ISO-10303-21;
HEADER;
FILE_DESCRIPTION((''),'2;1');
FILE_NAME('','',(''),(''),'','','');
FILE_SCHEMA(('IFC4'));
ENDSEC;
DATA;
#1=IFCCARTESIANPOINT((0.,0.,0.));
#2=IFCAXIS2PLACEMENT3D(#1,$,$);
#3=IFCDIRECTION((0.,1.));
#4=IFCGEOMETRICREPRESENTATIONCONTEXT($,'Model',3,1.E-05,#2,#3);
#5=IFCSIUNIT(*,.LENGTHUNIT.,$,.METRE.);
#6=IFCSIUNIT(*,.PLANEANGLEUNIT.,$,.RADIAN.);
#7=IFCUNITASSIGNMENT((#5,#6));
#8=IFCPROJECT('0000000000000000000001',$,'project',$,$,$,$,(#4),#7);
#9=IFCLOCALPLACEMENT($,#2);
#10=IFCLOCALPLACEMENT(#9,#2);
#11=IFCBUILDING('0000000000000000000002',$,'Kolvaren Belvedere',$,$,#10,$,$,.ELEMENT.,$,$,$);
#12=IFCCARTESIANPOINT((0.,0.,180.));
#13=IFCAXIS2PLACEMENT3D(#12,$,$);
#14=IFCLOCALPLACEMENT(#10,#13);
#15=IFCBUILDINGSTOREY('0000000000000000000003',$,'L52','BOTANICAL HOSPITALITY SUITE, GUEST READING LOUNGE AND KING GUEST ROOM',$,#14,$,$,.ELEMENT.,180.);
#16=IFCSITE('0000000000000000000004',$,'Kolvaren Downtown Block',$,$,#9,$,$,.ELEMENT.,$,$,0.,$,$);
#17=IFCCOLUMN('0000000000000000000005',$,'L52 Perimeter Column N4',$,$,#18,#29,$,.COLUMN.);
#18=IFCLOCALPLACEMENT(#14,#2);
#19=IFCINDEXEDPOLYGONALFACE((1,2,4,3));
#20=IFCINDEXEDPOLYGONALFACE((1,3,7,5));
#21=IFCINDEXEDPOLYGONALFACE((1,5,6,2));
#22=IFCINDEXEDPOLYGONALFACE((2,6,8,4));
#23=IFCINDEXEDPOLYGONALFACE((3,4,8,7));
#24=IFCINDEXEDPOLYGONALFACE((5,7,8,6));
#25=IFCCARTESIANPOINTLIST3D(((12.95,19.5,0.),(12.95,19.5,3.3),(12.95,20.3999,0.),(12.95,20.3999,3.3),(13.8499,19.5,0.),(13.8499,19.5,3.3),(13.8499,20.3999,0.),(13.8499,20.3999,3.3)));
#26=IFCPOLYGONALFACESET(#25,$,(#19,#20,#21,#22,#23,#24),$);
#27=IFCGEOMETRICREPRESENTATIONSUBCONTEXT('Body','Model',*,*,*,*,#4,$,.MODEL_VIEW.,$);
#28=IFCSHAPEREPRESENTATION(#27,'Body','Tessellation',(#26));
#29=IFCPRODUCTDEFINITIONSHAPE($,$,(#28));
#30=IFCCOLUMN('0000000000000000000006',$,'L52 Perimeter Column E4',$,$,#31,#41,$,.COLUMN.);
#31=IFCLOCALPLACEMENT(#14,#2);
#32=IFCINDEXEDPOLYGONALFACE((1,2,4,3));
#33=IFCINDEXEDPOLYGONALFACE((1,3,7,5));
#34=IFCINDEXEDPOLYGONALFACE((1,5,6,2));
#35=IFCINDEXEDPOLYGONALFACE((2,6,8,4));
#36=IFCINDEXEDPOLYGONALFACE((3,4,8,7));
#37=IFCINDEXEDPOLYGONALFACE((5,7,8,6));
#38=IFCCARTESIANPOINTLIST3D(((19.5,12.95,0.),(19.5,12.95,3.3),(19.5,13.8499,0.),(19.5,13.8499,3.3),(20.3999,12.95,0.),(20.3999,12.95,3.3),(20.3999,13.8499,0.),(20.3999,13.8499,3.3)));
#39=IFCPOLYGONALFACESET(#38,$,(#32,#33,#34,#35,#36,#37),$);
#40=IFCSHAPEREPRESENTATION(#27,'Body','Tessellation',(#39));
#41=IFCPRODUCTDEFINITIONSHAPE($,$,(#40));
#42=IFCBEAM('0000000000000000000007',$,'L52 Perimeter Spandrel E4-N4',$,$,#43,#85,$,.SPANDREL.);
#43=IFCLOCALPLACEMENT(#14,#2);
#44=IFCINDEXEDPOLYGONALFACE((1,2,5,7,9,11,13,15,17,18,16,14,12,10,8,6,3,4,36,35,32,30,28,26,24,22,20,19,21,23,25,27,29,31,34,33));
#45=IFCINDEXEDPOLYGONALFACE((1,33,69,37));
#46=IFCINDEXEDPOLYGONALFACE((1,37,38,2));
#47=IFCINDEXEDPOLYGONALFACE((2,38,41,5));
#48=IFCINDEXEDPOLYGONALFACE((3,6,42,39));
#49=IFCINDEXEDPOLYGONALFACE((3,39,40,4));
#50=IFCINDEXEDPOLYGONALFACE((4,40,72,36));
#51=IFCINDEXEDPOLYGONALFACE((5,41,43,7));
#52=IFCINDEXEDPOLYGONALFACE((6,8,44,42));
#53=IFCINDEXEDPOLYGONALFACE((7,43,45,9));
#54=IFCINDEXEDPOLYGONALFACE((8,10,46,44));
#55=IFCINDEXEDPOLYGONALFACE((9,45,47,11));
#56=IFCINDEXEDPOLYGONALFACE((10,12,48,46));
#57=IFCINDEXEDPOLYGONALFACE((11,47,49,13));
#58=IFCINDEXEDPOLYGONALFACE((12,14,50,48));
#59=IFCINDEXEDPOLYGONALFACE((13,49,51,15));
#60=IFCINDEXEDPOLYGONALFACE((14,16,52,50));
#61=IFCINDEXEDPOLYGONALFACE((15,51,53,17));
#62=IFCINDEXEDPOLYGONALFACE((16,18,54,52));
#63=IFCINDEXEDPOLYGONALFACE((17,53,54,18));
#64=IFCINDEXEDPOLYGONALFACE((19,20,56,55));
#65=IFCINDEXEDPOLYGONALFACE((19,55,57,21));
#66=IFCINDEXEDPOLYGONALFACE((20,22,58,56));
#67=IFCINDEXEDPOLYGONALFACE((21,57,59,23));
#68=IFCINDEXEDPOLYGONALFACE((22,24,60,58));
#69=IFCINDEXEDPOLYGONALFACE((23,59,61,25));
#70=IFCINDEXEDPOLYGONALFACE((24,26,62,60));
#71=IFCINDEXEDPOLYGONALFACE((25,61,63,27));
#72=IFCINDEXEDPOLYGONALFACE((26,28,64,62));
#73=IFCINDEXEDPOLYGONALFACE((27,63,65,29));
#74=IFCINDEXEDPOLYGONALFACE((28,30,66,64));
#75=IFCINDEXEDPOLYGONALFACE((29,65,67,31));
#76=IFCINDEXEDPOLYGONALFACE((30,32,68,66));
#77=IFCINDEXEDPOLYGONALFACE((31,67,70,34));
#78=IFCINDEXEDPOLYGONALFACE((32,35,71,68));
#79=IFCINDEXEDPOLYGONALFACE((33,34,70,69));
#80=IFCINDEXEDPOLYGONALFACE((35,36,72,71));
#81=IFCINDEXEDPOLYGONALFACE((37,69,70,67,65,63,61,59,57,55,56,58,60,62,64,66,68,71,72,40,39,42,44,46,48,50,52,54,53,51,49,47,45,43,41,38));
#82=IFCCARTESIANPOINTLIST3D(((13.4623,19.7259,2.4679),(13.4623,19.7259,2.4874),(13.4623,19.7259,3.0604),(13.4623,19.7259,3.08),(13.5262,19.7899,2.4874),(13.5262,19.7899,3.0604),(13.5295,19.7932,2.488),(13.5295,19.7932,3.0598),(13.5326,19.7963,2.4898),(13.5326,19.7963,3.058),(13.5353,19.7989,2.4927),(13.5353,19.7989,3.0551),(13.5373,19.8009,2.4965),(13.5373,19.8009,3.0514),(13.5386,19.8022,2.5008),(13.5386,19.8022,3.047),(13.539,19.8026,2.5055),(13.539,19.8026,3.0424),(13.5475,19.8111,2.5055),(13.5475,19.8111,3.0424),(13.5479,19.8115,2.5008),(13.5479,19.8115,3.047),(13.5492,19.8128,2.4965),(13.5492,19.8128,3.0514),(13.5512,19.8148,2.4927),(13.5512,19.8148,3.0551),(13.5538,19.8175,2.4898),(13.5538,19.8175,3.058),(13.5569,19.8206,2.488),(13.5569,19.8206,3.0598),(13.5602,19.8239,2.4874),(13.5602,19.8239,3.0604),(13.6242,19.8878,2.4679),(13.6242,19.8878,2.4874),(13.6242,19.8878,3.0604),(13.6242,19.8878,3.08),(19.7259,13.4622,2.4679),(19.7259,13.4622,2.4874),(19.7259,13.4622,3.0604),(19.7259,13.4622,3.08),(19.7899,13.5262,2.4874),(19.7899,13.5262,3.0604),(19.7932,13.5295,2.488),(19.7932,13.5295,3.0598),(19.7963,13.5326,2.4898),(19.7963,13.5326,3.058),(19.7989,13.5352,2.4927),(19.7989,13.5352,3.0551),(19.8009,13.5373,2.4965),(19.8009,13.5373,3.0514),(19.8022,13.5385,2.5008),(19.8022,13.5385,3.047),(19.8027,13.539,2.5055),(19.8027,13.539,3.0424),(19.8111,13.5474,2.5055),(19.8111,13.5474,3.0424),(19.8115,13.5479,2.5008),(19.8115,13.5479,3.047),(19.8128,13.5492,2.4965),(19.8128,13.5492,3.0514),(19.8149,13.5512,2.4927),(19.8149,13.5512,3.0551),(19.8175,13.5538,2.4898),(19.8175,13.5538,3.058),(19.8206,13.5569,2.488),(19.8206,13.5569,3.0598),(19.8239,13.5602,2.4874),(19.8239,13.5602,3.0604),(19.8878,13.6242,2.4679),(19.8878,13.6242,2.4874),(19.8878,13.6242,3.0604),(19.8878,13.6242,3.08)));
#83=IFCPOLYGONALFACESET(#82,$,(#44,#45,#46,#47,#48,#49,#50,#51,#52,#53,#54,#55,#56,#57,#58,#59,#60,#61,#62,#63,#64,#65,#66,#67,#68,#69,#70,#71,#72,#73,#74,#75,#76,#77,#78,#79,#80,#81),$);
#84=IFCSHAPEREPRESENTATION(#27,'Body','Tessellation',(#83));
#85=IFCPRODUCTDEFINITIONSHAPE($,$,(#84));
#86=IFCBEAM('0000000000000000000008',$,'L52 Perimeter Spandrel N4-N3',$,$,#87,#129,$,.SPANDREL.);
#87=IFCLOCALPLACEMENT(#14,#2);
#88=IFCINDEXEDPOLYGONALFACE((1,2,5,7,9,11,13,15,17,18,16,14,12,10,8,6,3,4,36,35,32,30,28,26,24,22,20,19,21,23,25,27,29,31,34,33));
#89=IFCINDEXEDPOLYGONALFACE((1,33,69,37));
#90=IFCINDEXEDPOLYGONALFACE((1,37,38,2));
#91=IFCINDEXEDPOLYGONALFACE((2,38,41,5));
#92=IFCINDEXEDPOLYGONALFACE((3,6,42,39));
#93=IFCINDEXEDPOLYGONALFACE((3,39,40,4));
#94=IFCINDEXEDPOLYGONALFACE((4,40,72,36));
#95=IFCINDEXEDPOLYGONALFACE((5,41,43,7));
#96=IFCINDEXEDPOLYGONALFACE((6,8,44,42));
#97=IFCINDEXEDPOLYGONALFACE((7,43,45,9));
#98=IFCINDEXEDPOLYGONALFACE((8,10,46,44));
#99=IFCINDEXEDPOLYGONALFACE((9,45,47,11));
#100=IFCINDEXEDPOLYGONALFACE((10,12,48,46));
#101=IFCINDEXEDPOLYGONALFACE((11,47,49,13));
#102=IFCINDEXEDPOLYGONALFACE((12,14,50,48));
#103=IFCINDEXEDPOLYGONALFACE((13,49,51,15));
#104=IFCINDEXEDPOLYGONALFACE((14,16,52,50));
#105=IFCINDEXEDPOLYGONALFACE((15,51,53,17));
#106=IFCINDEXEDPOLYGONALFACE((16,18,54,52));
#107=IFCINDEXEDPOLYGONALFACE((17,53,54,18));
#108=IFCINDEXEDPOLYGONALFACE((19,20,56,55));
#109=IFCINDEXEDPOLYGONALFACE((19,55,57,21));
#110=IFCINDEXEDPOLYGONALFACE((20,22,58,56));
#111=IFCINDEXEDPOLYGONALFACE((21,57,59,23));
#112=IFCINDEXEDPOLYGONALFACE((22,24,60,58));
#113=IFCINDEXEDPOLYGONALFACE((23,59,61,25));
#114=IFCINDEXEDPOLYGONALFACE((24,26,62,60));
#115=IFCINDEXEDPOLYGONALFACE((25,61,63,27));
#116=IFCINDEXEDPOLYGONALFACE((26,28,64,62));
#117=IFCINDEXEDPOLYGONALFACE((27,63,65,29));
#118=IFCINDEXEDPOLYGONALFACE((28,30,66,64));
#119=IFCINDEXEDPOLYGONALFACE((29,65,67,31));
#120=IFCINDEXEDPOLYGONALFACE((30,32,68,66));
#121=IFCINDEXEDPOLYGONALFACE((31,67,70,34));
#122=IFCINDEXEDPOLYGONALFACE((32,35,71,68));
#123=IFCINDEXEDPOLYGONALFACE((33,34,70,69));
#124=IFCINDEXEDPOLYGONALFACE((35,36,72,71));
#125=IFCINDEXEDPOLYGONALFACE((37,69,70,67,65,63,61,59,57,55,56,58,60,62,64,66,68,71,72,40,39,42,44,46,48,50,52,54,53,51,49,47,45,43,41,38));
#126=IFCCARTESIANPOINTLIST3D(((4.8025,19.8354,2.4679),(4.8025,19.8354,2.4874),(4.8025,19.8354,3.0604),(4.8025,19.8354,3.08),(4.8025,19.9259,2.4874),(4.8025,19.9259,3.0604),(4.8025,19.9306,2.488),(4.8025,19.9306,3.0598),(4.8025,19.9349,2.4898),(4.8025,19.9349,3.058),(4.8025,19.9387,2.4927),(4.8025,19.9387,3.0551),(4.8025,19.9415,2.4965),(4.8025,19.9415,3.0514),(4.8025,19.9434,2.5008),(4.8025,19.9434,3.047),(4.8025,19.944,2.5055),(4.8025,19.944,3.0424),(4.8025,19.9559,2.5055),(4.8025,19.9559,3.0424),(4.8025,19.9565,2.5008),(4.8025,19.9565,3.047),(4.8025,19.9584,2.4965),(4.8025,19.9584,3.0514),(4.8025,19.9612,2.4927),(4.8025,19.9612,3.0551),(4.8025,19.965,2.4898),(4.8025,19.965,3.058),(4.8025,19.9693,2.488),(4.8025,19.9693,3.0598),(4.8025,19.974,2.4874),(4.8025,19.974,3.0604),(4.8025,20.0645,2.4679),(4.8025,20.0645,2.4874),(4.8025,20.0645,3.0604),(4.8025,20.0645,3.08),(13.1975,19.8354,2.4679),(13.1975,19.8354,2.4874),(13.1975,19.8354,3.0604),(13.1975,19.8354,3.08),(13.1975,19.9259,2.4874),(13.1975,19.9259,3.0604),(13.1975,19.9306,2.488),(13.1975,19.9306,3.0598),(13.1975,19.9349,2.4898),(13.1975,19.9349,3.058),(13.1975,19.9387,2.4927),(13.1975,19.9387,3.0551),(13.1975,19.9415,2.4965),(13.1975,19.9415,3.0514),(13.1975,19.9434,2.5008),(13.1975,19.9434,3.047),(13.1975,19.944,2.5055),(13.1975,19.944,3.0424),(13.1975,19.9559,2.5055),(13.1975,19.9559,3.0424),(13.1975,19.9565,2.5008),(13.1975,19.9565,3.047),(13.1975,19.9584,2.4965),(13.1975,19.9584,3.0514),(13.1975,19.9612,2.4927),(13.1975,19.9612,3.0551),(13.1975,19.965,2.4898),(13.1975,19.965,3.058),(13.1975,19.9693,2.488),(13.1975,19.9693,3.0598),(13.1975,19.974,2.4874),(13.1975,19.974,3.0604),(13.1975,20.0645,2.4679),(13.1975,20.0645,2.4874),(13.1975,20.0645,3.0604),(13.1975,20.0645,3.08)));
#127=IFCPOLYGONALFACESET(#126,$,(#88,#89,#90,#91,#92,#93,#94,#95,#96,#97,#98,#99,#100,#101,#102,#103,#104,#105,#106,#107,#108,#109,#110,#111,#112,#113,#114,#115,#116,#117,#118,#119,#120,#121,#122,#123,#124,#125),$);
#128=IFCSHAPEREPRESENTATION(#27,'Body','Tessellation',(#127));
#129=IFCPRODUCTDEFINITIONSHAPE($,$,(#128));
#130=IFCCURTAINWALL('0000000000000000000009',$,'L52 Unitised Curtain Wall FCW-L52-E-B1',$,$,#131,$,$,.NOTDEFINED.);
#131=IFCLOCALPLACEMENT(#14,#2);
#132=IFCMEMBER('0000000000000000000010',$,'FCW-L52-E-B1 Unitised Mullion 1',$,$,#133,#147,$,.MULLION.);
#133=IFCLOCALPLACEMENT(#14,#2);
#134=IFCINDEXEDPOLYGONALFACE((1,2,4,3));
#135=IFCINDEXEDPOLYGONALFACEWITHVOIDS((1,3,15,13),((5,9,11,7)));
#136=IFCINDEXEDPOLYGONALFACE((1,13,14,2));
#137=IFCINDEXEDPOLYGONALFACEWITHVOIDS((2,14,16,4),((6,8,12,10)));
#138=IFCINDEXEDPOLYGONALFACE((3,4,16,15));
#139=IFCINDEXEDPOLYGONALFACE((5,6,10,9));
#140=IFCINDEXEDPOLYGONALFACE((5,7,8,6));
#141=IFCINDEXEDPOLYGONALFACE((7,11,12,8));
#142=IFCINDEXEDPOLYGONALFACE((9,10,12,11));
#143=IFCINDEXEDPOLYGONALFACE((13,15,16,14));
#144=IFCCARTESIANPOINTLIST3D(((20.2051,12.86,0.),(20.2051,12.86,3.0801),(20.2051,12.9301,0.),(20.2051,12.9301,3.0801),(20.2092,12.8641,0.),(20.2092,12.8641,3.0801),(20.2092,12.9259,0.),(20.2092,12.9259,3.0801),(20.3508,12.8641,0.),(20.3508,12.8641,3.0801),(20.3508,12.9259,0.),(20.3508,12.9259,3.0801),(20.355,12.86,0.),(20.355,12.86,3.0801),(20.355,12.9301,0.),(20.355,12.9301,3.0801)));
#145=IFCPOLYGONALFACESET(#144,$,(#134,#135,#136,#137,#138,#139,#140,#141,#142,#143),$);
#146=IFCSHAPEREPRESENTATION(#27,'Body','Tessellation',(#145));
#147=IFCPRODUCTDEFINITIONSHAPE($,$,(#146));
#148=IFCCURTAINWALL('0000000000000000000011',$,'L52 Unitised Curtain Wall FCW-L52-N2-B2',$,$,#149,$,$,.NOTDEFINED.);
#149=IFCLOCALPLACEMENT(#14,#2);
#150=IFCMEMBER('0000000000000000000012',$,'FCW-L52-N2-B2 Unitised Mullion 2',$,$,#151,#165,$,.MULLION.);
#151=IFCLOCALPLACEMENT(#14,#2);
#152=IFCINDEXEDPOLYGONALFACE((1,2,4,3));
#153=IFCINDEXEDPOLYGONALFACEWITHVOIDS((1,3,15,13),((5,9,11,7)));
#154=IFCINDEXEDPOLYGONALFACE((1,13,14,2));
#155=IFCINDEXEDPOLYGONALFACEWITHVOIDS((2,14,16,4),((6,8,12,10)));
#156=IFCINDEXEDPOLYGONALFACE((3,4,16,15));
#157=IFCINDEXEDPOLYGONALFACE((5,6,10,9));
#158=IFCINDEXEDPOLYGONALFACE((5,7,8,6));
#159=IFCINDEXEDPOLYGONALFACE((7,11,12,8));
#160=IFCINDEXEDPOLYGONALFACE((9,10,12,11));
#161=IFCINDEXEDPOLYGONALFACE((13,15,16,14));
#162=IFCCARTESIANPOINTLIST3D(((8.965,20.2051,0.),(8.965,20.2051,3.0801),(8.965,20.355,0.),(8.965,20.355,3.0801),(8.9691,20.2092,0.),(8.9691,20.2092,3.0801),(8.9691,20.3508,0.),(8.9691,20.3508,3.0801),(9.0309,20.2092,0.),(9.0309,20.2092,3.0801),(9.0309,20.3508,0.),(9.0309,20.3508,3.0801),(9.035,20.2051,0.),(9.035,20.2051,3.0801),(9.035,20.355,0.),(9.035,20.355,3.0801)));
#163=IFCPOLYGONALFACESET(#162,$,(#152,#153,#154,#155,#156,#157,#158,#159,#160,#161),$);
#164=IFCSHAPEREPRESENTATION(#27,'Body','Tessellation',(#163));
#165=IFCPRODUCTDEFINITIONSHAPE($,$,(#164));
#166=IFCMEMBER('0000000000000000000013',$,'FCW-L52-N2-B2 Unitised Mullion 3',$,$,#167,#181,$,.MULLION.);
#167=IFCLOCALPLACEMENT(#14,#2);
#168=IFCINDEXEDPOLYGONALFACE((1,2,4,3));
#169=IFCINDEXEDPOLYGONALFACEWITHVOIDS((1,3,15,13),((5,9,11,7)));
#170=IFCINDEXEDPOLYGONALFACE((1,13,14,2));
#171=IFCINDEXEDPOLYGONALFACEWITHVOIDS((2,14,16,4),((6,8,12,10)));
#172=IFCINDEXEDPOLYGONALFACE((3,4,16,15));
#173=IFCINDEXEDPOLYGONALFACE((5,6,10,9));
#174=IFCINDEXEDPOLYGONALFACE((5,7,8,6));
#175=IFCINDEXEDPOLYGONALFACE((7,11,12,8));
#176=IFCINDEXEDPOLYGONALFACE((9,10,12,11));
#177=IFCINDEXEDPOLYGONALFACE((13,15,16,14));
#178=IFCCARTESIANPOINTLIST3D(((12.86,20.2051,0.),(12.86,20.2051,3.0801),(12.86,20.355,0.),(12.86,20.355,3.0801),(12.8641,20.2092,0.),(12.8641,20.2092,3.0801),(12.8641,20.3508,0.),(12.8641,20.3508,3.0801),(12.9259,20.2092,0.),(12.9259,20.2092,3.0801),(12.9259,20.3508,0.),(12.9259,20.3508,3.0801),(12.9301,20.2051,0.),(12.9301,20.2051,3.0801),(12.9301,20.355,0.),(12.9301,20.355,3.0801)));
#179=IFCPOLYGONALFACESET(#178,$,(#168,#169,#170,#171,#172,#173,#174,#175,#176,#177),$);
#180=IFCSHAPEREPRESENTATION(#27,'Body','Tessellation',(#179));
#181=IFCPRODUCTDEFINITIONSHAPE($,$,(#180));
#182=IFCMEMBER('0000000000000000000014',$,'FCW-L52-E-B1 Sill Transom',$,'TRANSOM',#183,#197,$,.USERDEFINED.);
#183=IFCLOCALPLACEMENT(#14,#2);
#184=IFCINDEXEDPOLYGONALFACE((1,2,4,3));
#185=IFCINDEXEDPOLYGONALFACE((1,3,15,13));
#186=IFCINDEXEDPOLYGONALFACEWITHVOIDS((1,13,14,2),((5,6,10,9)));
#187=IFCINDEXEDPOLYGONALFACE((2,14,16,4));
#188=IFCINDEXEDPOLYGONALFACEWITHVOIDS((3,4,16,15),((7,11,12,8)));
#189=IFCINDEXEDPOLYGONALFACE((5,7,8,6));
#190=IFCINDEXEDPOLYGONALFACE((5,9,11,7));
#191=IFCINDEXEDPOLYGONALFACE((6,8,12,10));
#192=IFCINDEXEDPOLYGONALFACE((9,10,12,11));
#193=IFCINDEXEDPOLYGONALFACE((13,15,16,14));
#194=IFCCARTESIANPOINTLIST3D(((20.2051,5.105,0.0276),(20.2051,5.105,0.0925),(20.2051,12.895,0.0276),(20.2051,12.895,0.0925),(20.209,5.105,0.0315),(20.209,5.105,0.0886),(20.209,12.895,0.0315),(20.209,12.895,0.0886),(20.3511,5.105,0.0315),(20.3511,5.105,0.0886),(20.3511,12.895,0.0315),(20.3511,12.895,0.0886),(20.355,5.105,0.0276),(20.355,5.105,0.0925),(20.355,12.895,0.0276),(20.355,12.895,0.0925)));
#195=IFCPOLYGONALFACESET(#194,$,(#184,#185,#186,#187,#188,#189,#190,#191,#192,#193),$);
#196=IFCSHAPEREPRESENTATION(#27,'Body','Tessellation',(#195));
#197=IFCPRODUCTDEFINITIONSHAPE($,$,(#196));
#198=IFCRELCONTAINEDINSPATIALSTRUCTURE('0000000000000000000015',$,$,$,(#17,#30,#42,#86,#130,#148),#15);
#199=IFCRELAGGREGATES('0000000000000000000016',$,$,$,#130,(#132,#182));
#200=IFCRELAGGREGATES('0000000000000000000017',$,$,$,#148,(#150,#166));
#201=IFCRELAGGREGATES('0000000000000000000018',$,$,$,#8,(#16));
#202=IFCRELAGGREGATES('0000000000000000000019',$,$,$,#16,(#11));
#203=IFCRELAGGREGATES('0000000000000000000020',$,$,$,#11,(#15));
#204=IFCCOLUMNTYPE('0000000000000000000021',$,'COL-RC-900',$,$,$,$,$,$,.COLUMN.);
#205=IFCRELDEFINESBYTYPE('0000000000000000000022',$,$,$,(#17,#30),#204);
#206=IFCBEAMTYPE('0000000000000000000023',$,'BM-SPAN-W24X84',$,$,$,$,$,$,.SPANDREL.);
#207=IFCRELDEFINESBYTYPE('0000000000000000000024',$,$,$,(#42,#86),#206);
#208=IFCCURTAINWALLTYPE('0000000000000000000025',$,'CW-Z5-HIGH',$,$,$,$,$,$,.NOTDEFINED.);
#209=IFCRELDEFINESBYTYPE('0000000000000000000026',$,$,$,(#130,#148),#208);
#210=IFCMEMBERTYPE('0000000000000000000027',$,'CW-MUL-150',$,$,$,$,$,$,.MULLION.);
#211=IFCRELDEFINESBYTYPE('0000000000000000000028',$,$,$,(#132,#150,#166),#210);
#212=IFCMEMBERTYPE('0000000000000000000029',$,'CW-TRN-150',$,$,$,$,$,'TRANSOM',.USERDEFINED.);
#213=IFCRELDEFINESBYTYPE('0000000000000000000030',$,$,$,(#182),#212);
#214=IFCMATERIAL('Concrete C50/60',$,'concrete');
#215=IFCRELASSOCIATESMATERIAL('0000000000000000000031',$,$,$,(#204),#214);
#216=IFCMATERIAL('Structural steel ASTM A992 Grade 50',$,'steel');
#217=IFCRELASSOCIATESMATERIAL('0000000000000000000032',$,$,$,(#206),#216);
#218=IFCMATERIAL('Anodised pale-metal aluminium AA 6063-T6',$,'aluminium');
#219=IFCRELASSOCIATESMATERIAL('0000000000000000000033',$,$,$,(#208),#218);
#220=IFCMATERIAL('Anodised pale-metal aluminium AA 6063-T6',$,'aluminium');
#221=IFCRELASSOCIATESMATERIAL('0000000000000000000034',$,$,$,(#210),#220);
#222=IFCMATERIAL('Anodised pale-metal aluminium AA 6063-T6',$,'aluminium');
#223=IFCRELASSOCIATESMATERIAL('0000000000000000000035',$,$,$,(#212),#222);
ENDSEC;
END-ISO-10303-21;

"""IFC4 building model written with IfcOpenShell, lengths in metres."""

from ifc_helpers import new_model, si_unit, direction, frame, origin, origin_2d, place, context, subcontext, project, spatial, rectangle, hollow_rectangle, i_section, extrude, material, material_profile, profile_set, type_object, element, aggregate, save


model = new_model("IFC4")

# Units and contexts
model_context = context("Model", 3, precision=1e-05, world=origin(), true_north=direction((0.0, 1.0)))
body_context = subcontext(model_context, "Body", "Model", "MODEL_VIEW")
ifc_project = project(units=[si_unit("LENGTHUNIT", "METRE"), si_unit("PLANEANGLEUNIT", "RADIAN")], contexts=[model_context])

# Site, building, storey
site_placement = place(None, origin())
site = spatial("IfcSite", under=ifc_project, at=site_placement, Name="Kolvaren Downtown Block", CompositionType="ELEMENT", RefElevation=0.0)
building_placement = place(site_placement, origin())
building = spatial("IfcBuilding", under=site, at=building_placement, Name="Kolvaren Belvedere", CompositionType="ELEMENT")
storey_placement = place(building_placement, frame((0.0, 0.0, 180.0)))
storey = spatial("IfcBuildingStorey", under=building, at=storey_placement, Name="L52", Description="BOTANICAL HOSPITALITY SUITE, GUEST READING LOUNGE AND KING GUEST ROOM", CompositionType="ELEMENT", Elevation=180.0)

# Columns
ifc_material_1 = material(Name="Concrete C50/60", Category="concrete")
ifc_material_profile_1 = material_profile(ifc_material_1, rectangle(XDim=0.8999, YDim=0.8999, at=origin_2d()), Name="RC 900X900")
ifc_profile_set_1 = profile_set([ifc_material_profile_1], Name="Concrete C50/60")
column_type = type_object("IfcColumnType", Name="COL-RC-900", PredefinedType="COLUMN", material=ifc_profile_set_1)
for number, where, z_axis, x_axis, name in (
    (1, (13.3999, 19.95, 0.0), (0.0, 0.0, 1.0), (1.0, 0.0, 0.0), "L52 Perimeter Column N4"),
    (2, (19.95, 13.3999, 0.0), (0.0, 0.0, 1.0), (1.0, 0.0, 0.0), "L52 Perimeter Column E4"),
):
    element("IfcColumn", number, at=place(storey_placement, frame(where, z_axis=z_axis, x_axis=x_axis)), inside=storey, type_object=column_type, Name=name, PredefinedType="COLUMN", context=body_context, shape_type="SweptSolid", body=[
        extrude(rectangle(XDim=0.8999, YDim=0.8999, at=origin_2d()), origin(), (0.0, 0.0, 1.0), 3.3),
    ])

# Beams
ifc_material_2 = material(Name="Structural steel ASTM A992 Grade 50", Category="steel")
ifc_material_profile_2 = material_profile(ifc_material_2, i_section(OverallWidth=0.229, OverallDepth=0.6121, WebThickness=0.012, FlangeThickness=0.0195, FilletRadius=0.0181, at=origin_2d()), Name="W24X84")
ifc_profile_set_2 = profile_set([ifc_material_profile_2], Name="Structural steel ASTM A992 Grade 50")
beam_type = type_object("IfcBeamType", Name="BM-SPAN-W24X84", PredefinedType="SPANDREL", material=ifc_profile_set_2)
beam_1_placement = place(storey_placement, frame((19.8069, 13.5432, 2.7739), z_axis=(-0.707107, 0.707107, 0.0), x_axis=(-0.707107, -0.707107, 0.0)))
element("IfcBeam", 3, at=beam_1_placement, inside=storey, type_object=beam_type, Name="L52 Perimeter Spandrel E4-N4", PredefinedType="SPANDREL", context=body_context, shape_type="SweptSolid", body=[
    extrude(i_section(OverallWidth=0.229, OverallDepth=0.6121, WebThickness=0.012, FlangeThickness=0.0195, FilletRadius=0.0181, at=origin_2d()), origin(), (0.0, 0.0, 1.0), 8.8582),
])
beam_2_placement = place(storey_placement, frame((13.1975, 19.95, 2.7739), z_axis=(-1.0, 0.0, 0.0), x_axis=(0.0, -1.0, 0.0)))
element("IfcBeam", 4, at=beam_2_placement, inside=storey, type_object=beam_type, Name="L52 Perimeter Spandrel N4-N3", PredefinedType="SPANDREL", context=body_context, shape_type="SweptSolid", body=[
    extrude(i_section(OverallWidth=0.229, OverallDepth=0.6121, WebThickness=0.012, FlangeThickness=0.0195, FilletRadius=0.0181, at=origin_2d()), origin(), (0.0, 0.0, 1.0), 8.395),
])

# Curtain wall, member
ifc_material_3 = material(Name="Anodised pale-metal aluminium AA 6063-T6", Category="aluminium")
curtain_wall_type = type_object("IfcCurtainWallType", Name="CW-Z5-HIGH", PredefinedType="NOTDEFINED", material=ifc_material_3)
curtain_wall_1_placement = place(storey_placement, origin())
curtain_wall_1 = element("IfcCurtainWall", 5, at=curtain_wall_1_placement, inside=storey, type_object=curtain_wall_type, Name="L52 Unitised Curtain Wall FCW-L52-E-B1", PredefinedType="NOTDEFINED")
ifc_material_4 = material(Name="Anodised pale-metal aluminium AA 6063-T6", Category="aluminium")
ifc_material_profile_3 = material_profile(ifc_material_4, hollow_rectangle(XDim=0.0701, YDim=0.1499, WallThickness=0.0042, at=origin_2d()), Name="ALU-MUL-150X70")
ifc_profile_set_3 = profile_set([ifc_material_profile_3], Name="Anodised pale-metal aluminium AA 6063-T6")
member_type_1 = type_object("IfcMemberType", Name="CW-MUL-150", PredefinedType="MULLION", material=ifc_profile_set_3)
member_1_placement = place(storey_placement, frame((20.28, 12.895, 0.0), z_axis=(0.0, 0.0, 1.0), x_axis=(0.0, 1.0, 0.0)))
member_1 = element("IfcMember", 6, at=member_1_placement, type_object=member_type_1, Name="FCW-L52-E-B1 Unitised Mullion 1", PredefinedType="MULLION", context=body_context, shape_type="SweptSolid", body=[
    extrude(hollow_rectangle(XDim=0.0701, YDim=0.1499, WallThickness=0.0042, at=origin_2d()), origin(), (0.0, 0.0, 1.0), 3.0801),
])

# Curtain wall, members
curtain_wall_2_placement = place(storey_placement, origin())
curtain_wall_2 = element("IfcCurtainWall", 7, at=curtain_wall_2_placement, inside=storey, type_object=curtain_wall_type, Name="L52 Unitised Curtain Wall FCW-L52-N2-B2", PredefinedType="NOTDEFINED")
member_2_placement = place(storey_placement, frame((9.0, 20.28, 0.0), z_axis=(0.0, 0.0, 1.0), x_axis=(1.0, 0.0, 0.0)))
member_2 = element("IfcMember", 8, at=member_2_placement, type_object=member_type_1, Name="FCW-L52-N2-B2 Unitised Mullion 2", PredefinedType="MULLION", context=body_context, shape_type="SweptSolid", body=[
    extrude(hollow_rectangle(XDim=0.0701, YDim=0.1499, WallThickness=0.0042, at=origin_2d()), origin(), (0.0, 0.0, 1.0), 3.0801),
])
member_3_placement = place(storey_placement, frame((12.895, 20.28, 0.0), z_axis=(0.0, 0.0, 1.0), x_axis=(1.0, 0.0, 0.0)))
member_3 = element("IfcMember", 9, at=member_3_placement, type_object=member_type_1, Name="FCW-L52-N2-B2 Unitised Mullion 3", PredefinedType="MULLION", context=body_context, shape_type="SweptSolid", body=[
    extrude(hollow_rectangle(XDim=0.0701, YDim=0.1499, WallThickness=0.0042, at=origin_2d()), origin(), (0.0, 0.0, 1.0), 3.0801),
])

# Member
ifc_material_5 = material(Name="Anodised pale-metal aluminium AA 6063-T6", Category="aluminium")
ifc_material_profile_4 = material_profile(ifc_material_5, hollow_rectangle(XDim=0.0649, YDim=0.1499, WallThickness=0.0039, at=origin_2d()), Name="ALU-TRN-150X65")
ifc_profile_set_4 = profile_set([ifc_material_profile_4], Name="Anodised pale-metal aluminium AA 6063-T6")
member_type_2 = type_object("IfcMemberType", Name="CW-TRN-150", ElementType="TRANSOM", PredefinedType="USERDEFINED", material=ifc_profile_set_4)
member_4_placement = place(storey_placement, frame((20.28, 12.895, 0.0601), z_axis=(0.0, -1.0, 0.0), x_axis=(0.0, 0.0, 1.0)))
member_4 = element("IfcMember", 10, at=member_4_placement, type_object=member_type_2, Name="FCW-L52-E-B1 Sill Transom", ObjectType="TRANSOM", PredefinedType="USERDEFINED", context=body_context, shape_type="SweptSolid", body=[
    extrude(hollow_rectangle(XDim=0.0649, YDim=0.1499, WallThickness=0.0039, at=origin_2d()), origin(), (0.0, 0.0, 1.0), 7.79),
])

aggregate(curtain_wall_1, [member_1, member_4])
aggregate(curtain_wall_2, [member_2, member_3])

save(model, "model.ifc")
